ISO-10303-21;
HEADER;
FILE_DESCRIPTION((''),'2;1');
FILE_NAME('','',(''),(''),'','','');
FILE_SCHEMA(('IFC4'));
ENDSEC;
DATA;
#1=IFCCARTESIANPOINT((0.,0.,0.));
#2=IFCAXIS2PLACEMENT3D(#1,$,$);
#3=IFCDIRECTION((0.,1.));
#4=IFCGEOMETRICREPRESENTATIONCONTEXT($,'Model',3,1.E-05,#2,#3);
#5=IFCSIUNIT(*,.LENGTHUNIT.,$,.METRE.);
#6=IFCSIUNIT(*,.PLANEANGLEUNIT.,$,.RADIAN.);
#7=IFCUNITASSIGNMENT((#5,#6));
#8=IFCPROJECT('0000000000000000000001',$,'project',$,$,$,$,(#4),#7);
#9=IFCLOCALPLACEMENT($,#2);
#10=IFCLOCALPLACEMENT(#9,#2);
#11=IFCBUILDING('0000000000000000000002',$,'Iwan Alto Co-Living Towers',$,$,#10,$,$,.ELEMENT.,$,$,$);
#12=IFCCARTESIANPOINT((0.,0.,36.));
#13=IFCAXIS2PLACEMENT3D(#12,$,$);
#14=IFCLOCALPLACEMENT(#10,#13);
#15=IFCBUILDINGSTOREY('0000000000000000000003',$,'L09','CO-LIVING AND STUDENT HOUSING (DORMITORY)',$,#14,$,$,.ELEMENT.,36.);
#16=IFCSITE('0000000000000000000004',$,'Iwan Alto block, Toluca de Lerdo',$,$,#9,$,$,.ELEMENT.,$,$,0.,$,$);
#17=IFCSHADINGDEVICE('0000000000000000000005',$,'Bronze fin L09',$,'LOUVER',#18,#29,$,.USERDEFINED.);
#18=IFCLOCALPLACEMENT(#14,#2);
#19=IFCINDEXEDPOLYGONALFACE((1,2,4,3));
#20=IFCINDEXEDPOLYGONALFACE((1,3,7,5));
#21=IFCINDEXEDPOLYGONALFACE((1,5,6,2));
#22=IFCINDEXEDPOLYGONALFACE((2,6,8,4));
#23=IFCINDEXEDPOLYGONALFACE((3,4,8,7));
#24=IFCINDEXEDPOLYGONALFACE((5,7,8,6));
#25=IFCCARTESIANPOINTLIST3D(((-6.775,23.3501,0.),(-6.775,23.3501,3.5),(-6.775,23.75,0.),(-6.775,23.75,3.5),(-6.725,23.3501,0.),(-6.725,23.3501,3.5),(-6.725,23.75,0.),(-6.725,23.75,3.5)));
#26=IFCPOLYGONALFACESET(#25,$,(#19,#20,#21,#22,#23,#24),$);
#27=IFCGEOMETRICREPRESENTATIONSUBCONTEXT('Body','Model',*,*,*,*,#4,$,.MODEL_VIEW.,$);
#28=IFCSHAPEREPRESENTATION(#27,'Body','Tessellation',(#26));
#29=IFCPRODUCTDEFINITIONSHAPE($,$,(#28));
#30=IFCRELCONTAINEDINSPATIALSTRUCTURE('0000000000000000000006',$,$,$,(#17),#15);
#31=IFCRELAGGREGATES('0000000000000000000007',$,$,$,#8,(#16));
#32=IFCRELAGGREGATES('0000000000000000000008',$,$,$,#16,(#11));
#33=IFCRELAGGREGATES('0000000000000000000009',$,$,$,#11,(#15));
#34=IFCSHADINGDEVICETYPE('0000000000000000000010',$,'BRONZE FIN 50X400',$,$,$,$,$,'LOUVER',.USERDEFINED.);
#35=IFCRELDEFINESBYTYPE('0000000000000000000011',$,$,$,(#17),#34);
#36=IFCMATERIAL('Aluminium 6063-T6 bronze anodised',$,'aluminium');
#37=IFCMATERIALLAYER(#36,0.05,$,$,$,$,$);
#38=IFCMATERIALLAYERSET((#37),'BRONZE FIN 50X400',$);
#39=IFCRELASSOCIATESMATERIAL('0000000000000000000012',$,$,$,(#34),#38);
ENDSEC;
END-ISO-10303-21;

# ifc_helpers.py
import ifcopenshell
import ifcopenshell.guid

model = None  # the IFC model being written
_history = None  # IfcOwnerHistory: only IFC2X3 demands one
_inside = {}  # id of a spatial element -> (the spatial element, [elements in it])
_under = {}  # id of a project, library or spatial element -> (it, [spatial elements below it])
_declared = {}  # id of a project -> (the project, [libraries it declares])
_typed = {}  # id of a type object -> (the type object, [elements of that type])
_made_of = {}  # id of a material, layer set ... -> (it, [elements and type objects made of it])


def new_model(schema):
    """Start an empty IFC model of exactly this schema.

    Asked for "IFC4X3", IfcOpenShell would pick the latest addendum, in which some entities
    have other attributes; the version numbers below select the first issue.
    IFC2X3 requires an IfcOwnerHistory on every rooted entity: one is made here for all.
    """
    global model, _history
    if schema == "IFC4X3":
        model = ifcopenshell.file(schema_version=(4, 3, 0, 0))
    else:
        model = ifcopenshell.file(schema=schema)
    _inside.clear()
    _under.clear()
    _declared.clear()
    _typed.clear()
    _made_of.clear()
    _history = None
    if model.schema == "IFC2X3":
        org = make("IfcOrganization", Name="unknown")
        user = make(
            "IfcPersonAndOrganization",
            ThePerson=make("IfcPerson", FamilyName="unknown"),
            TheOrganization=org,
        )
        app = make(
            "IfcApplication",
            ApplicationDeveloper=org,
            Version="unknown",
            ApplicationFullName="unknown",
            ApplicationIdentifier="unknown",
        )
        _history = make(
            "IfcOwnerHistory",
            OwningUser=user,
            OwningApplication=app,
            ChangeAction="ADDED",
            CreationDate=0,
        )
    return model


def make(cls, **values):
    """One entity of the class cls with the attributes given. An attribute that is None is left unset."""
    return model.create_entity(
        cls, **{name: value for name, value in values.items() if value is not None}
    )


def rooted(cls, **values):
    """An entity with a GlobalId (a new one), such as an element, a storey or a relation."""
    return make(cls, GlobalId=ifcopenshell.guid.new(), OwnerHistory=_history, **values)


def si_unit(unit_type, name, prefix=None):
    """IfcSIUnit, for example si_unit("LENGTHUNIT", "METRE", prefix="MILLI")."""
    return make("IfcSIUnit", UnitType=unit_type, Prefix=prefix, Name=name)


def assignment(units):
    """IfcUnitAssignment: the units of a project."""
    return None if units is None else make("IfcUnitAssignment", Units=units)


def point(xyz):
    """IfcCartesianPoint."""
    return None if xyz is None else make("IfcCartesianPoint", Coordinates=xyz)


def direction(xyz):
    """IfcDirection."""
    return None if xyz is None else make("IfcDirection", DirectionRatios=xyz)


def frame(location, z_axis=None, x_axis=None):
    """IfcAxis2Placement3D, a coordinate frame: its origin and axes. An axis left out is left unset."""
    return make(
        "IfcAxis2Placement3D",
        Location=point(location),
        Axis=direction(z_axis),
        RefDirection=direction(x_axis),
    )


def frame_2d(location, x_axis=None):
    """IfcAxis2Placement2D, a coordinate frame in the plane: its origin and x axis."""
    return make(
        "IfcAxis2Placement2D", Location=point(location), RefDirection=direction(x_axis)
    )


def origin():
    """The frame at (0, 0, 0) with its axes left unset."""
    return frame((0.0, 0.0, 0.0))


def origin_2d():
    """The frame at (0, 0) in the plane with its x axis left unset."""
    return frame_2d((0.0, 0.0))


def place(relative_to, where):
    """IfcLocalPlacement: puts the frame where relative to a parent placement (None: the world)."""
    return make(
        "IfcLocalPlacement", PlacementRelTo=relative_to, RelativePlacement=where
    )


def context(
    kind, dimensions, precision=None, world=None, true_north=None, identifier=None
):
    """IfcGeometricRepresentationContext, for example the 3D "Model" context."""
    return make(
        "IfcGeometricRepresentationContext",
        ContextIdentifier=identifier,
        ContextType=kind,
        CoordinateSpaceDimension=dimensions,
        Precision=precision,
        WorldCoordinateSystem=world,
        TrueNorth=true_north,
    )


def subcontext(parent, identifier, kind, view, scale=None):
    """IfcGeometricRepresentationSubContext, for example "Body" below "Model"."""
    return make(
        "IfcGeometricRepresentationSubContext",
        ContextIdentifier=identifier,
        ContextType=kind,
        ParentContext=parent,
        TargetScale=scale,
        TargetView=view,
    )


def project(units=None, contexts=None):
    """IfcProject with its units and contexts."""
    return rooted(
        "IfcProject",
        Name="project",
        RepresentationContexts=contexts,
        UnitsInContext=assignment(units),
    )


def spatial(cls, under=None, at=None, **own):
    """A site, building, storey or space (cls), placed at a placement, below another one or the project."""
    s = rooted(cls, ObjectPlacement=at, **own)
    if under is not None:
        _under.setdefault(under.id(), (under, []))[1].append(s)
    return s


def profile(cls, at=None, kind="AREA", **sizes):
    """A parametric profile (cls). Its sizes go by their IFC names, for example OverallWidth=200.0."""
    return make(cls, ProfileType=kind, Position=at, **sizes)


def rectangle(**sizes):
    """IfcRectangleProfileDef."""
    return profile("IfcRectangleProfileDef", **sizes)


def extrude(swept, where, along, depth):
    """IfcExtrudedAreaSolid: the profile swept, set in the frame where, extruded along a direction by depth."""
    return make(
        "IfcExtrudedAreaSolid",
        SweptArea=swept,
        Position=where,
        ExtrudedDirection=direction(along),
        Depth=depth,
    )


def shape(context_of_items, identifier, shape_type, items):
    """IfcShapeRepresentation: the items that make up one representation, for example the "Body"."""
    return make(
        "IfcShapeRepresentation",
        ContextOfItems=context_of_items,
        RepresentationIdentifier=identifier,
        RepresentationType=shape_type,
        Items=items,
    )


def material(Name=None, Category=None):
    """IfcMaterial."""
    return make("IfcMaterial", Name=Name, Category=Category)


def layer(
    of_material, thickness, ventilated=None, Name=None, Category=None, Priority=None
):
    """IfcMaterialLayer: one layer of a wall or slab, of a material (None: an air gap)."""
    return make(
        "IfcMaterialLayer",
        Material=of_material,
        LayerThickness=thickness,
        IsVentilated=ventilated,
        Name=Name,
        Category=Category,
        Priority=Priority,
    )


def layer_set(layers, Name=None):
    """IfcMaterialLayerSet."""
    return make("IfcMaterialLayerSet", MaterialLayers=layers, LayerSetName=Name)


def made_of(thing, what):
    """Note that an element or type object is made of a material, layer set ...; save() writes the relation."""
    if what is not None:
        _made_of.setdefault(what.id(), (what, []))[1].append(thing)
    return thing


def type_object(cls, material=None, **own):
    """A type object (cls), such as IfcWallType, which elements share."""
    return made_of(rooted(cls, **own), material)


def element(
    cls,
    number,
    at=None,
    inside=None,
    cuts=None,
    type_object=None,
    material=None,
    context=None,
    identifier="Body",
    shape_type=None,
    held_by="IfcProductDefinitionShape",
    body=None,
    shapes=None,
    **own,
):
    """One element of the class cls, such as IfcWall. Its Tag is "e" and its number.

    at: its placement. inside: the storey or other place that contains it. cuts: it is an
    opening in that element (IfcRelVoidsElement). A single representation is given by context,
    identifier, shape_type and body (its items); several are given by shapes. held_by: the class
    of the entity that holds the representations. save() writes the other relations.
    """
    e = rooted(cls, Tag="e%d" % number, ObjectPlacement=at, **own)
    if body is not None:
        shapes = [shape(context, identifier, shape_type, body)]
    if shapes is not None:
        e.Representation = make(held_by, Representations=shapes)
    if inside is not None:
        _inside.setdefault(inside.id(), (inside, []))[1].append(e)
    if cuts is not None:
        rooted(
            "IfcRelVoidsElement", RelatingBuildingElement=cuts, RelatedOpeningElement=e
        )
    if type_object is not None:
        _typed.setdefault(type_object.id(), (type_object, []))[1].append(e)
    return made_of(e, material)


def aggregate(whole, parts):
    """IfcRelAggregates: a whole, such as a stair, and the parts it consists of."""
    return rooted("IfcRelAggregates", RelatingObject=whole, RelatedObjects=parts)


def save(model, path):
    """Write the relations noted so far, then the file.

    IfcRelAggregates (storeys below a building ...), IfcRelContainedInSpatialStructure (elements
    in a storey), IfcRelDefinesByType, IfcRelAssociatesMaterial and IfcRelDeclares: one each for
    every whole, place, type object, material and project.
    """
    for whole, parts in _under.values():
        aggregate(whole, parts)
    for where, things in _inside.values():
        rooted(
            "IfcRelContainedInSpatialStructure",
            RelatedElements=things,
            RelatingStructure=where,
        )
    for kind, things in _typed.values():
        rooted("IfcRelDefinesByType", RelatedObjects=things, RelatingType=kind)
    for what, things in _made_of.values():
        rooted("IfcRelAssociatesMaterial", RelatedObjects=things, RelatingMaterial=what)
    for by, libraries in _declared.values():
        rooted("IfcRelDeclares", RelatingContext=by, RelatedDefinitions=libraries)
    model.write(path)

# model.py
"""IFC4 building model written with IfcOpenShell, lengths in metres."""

from ifc_helpers import new_model, si_unit, direction, frame, origin, origin_2d, place, context, subcontext, project, spatial, rectangle, extrude, material, layer, layer_set, type_object, element, save


model = new_model("IFC4")

# Units and contexts
model_context = context("Model", 3, precision=1e-05, world=origin(), true_north=direction((0.0, 1.0)))
body_context = subcontext(model_context, "Body", "Model", "MODEL_VIEW")
ifc_project = project(units=[si_unit("LENGTHUNIT", "METRE"), si_unit("PLANEANGLEUNIT", "RADIAN")], contexts=[model_context])

# Site, building, storey
site_placement = place(None, origin())
site = spatial("IfcSite", under=ifc_project, at=site_placement, Name="Iwan Alto block, Toluca de Lerdo", CompositionType="ELEMENT", RefElevation=0.0)
building_placement = place(site_placement, origin())
building = spatial("IfcBuilding", under=site, at=building_placement, Name="Iwan Alto Co-Living Towers", CompositionType="ELEMENT")
storey_placement = place(building_placement, frame((0.0, 0.0, 36.0)))
storey = spatial("IfcBuildingStorey", under=building, at=storey_placement, Name="L09", Description="CO-LIVING AND STUDENT HOUSING (DORMITORY)", CompositionType="ELEMENT", Elevation=36.0)

# Shading device
ifc_material_1 = material(Name="Aluminium 6063-T6 bronze anodised", Category="aluminium")
ifc_layer_1 = layer(ifc_material_1, 0.05)
ifc_layer_set_1 = layer_set([ifc_layer_1], Name="BRONZE FIN 50X400")
shading_device_type = type_object("IfcShadingDeviceType", Name="BRONZE FIN 50X400", ElementType="LOUVER", PredefinedType="USERDEFINED", material=ifc_layer_set_1)
shading_device_placement = place(storey_placement, frame((-6.75, 23.55, 0.0), z_axis=(0.0, 0.0, 1.0), x_axis=(-1.0, 0.0, 0.0)))
element("IfcShadingDevice", 1, at=shading_device_placement, inside=storey, type_object=shading_device_type, Name="Bronze fin L09", ObjectType="LOUVER", PredefinedType="USERDEFINED", context=body_context, shape_type="SweptSolid", body=[
    extrude(rectangle(XDim=0.05, YDim=0.3999, at=origin_2d()), origin(), (0.0, 0.0, 1.0), 3.5),
])

save(model, "model.ifc")
